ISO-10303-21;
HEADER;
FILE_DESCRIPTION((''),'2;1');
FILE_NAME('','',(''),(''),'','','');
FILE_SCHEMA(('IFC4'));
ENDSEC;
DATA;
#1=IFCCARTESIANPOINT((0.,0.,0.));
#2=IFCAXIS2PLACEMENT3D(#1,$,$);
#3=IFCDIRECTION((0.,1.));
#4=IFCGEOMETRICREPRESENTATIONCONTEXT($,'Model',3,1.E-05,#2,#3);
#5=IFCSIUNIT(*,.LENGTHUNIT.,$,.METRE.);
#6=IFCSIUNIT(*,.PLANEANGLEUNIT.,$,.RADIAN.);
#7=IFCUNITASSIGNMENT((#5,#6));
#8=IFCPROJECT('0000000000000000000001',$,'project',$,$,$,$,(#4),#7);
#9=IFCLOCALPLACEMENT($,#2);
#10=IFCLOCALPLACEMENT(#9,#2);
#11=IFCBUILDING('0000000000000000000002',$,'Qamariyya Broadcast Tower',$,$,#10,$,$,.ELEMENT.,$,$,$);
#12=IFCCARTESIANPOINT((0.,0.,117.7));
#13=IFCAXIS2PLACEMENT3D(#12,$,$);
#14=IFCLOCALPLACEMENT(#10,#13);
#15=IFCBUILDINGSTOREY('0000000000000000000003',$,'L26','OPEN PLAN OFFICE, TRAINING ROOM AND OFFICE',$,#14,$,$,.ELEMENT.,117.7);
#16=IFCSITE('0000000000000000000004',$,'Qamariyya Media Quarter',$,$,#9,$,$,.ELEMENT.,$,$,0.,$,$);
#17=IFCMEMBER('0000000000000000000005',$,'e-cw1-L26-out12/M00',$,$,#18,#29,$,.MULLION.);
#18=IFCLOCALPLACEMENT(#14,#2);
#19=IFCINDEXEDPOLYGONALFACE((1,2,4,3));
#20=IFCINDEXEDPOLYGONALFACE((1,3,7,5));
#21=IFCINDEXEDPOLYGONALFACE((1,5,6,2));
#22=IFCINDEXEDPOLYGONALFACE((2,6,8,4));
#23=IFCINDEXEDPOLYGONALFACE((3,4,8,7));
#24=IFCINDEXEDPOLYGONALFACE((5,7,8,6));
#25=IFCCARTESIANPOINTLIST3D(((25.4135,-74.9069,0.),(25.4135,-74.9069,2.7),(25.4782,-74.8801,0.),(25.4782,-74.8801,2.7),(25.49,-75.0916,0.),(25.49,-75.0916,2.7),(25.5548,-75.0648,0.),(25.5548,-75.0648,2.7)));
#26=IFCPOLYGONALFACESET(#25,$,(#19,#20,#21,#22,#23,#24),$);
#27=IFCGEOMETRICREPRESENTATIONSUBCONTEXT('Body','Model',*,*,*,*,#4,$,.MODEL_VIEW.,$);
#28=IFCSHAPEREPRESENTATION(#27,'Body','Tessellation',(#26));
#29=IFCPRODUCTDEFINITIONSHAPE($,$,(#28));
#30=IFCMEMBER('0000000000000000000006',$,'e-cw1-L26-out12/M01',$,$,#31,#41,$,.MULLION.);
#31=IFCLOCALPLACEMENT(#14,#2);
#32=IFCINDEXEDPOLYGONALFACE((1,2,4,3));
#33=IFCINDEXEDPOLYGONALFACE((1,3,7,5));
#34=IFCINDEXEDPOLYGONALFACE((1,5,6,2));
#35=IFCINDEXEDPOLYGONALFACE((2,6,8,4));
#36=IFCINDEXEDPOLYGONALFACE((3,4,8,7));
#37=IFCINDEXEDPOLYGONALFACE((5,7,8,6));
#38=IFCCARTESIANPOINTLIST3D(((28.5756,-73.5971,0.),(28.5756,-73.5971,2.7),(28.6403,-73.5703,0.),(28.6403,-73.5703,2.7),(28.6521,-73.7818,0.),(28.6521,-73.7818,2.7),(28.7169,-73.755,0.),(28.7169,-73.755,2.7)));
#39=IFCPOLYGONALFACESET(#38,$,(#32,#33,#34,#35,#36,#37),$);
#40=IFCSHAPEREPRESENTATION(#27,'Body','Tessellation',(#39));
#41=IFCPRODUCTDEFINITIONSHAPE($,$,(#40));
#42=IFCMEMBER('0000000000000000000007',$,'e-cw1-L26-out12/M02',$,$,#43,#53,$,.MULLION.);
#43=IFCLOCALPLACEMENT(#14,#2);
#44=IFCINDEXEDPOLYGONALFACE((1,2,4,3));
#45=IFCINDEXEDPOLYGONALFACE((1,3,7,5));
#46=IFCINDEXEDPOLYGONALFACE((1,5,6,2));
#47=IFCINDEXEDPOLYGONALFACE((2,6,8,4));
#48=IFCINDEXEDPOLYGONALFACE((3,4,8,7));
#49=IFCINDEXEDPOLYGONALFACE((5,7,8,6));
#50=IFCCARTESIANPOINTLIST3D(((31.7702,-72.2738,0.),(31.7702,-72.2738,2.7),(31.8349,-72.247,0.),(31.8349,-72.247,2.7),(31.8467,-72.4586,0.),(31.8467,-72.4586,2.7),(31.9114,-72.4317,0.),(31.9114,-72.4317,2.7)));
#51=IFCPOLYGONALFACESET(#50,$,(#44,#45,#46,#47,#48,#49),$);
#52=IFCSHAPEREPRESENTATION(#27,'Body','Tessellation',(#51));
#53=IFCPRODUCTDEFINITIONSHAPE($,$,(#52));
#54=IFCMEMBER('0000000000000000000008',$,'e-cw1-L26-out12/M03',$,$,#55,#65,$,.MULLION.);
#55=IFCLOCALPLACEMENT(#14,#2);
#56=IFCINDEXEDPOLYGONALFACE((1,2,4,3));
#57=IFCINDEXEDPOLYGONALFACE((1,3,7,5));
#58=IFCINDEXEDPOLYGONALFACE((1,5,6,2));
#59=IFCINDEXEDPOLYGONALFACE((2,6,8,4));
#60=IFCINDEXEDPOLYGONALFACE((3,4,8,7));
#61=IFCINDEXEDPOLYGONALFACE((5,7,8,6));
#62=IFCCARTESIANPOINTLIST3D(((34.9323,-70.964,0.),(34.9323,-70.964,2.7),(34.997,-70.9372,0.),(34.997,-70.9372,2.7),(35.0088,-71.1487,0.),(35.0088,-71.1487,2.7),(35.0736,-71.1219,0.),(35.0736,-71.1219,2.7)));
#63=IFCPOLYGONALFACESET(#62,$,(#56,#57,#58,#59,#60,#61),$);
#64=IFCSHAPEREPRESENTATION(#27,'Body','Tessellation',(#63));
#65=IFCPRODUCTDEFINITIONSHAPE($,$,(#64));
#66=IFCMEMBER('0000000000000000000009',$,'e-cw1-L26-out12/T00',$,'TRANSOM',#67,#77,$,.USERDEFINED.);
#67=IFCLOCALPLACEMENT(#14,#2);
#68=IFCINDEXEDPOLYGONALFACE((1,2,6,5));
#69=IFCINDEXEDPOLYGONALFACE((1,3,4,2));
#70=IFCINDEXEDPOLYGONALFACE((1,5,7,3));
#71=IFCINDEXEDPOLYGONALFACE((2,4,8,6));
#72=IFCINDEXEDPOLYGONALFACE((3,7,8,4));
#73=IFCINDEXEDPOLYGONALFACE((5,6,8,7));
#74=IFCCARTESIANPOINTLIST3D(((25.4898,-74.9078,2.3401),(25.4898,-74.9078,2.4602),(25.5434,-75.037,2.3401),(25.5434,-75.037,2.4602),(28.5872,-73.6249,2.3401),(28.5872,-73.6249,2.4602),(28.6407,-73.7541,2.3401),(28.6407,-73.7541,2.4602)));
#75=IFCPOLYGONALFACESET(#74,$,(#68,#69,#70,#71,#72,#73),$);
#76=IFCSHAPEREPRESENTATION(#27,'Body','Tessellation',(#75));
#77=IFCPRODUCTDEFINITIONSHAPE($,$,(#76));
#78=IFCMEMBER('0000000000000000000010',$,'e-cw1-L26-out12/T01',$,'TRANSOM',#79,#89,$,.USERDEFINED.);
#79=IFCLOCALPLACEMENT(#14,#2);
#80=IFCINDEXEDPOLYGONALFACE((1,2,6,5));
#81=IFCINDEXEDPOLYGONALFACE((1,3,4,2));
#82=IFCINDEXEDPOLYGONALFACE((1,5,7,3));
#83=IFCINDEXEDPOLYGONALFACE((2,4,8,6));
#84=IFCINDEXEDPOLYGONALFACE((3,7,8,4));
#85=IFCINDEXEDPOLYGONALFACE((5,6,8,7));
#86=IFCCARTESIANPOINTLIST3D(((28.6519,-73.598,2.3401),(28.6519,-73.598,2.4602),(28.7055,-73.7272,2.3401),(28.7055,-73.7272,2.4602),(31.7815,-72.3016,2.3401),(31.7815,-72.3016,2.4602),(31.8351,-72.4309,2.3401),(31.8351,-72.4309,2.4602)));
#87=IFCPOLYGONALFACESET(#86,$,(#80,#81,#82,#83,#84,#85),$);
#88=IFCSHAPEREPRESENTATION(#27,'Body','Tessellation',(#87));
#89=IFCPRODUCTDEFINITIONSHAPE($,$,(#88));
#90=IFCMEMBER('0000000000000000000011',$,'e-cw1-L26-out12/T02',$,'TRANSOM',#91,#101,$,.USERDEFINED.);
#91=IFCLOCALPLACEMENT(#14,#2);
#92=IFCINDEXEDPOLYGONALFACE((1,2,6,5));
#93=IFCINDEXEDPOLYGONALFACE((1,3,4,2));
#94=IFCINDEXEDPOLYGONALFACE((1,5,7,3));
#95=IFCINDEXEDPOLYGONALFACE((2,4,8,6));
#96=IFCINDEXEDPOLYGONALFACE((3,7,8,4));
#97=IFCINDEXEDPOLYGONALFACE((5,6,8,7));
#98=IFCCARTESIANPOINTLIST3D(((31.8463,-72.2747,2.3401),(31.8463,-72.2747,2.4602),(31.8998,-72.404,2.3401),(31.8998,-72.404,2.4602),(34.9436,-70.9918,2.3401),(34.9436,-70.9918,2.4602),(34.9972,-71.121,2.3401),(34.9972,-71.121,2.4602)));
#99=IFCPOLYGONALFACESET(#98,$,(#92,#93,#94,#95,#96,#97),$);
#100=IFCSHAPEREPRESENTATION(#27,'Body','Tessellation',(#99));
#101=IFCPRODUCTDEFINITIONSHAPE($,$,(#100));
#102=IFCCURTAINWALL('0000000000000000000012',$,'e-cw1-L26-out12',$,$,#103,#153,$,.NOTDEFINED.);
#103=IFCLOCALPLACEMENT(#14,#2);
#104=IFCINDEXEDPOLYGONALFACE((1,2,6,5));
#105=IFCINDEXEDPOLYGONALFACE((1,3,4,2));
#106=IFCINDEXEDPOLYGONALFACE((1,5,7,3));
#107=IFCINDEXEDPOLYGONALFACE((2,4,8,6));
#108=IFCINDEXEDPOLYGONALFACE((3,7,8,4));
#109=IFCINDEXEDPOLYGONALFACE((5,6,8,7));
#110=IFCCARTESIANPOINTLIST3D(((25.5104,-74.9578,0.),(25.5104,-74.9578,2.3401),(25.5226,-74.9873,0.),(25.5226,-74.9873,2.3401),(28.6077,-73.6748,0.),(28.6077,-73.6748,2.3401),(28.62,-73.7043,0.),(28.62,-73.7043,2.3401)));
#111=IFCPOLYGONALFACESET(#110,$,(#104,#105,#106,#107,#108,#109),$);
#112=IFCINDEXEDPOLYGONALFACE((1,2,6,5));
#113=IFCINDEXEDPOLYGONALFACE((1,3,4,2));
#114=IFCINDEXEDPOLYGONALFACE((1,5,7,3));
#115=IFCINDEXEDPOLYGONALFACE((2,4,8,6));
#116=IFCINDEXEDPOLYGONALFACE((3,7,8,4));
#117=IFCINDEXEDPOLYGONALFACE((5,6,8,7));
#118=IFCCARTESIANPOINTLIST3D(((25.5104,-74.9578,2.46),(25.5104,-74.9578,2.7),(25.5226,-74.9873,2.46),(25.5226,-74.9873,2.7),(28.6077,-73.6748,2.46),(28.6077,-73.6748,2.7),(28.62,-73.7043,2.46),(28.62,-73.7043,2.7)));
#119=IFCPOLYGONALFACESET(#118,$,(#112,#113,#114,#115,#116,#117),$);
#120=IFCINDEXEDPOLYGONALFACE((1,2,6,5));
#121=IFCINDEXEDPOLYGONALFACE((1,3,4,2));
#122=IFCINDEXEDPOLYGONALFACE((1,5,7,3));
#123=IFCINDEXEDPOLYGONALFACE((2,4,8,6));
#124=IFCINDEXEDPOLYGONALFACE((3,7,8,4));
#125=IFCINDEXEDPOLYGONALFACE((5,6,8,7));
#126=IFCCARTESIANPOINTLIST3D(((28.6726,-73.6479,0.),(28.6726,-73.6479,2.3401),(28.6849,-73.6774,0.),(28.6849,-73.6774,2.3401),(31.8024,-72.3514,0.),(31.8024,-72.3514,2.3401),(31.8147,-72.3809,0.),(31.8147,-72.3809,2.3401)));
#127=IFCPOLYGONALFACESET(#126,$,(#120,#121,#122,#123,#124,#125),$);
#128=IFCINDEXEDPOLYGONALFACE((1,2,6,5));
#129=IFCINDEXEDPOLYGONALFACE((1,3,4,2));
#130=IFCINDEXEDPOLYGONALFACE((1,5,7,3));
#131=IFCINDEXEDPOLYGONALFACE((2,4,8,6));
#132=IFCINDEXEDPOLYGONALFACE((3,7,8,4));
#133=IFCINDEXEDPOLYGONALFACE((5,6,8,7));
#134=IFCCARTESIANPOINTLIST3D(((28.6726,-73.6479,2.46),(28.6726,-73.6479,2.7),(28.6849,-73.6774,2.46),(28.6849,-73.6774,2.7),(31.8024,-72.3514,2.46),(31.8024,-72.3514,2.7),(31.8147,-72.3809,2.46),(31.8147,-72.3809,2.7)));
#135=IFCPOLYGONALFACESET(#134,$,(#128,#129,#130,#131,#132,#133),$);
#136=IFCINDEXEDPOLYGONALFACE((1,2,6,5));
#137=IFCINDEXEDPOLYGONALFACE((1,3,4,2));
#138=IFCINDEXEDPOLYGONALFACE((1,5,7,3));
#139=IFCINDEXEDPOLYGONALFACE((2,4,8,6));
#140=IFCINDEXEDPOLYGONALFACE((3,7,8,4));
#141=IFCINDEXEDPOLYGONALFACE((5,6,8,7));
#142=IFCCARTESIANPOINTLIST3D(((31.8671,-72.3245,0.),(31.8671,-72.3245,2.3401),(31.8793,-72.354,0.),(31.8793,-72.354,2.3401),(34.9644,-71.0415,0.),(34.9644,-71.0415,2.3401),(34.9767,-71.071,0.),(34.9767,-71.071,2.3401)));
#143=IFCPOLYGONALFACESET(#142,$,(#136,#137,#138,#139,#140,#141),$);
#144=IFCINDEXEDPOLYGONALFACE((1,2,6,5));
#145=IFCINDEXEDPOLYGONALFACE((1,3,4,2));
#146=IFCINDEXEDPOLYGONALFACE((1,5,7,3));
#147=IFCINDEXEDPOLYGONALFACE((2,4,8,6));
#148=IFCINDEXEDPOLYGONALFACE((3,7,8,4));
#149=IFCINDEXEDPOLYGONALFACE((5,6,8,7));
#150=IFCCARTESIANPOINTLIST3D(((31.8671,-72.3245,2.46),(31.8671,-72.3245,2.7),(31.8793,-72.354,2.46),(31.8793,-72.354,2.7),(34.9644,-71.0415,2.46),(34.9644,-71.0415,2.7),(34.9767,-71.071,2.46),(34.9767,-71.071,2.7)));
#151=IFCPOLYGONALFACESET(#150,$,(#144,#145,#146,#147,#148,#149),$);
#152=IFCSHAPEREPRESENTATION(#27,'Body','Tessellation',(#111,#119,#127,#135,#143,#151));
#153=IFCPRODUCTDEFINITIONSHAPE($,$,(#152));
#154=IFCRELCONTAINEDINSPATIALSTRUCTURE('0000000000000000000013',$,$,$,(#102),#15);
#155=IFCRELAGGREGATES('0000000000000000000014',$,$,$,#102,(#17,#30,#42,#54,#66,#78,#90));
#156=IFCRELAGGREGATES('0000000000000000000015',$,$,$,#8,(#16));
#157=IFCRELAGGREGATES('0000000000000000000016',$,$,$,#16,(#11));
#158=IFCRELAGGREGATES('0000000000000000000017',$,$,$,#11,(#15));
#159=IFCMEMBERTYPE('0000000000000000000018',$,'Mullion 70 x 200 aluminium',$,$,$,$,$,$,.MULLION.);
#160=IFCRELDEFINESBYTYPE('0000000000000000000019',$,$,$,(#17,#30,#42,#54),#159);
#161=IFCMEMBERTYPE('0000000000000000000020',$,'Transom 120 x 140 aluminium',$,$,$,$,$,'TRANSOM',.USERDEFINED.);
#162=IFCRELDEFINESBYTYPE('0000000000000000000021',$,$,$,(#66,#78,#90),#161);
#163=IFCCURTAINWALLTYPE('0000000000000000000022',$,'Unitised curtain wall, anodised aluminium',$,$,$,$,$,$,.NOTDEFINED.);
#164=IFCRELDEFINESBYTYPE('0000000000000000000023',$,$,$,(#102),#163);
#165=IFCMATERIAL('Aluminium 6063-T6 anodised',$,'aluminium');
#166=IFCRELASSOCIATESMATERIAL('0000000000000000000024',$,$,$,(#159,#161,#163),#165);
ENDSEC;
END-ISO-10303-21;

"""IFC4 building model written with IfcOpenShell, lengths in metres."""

from ifc_helpers import new_model, si_unit, direction, frame, origin, origin_2d, place, context, subcontext, project, spatial, rectangle, extrude, material, material_profile, profile_set, type_object, element, aggregate, save


model = new_model("IFC4")

# Units and contexts
model_context = context("Model", 3, precision=1e-05, world=origin(), true_north=direction((0.0, 1.0)))
body_context = subcontext(model_context, "Body", "Model", "MODEL_VIEW")
ifc_project = project(units=[si_unit("LENGTHUNIT", "METRE"), si_unit("PLANEANGLEUNIT", "RADIAN")], contexts=[model_context])

# Members
ifc_material = material(Name="Aluminium 6063-T6 anodised", Category="aluminium")
ifc_material_profile_1 = material_profile(ifc_material, rectangle(XDim=0.2, YDim=0.0701, at=origin_2d()))
ifc_profile_set_1 = profile_set([ifc_material_profile_1], Name="Aluminium 6063-T6 anodised")
member_type_1 = type_object("IfcMemberType", Name="Mullion 70 x 200 aluminium", PredefinedType="MULLION", material=ifc_profile_set_1)
site_placement = place(None, origin())
building_placement = place(site_placement, origin())
storey_placement = place(building_placement, frame((0.0, 0.0, 117.7)))
member_1_placement = place(storey_placement, frame((25.4841, -74.9858, 0.0), z_axis=(0.0, 0.0, 1.0), x_axis=(-0.382683, 0.92388, 0.0)))
member_1 = element("IfcMember", 1, at=member_1_placement, type_object=member_type_1, Name="e-cw1-L26-out12/M00", PredefinedType="MULLION", context=body_context, shape_type="SweptSolid", body=[
    extrude(rectangle(XDim=0.2, YDim=0.0701, at=origin_2d()), origin(), (0.0, 0.0, 1.0), 2.7),
])
member_2_placement = place(storey_placement, frame((28.6462, -73.676, 0.0), z_axis=(0.0, 0.0, 1.0), x_axis=(-0.382683, 0.92388, 0.0)))
member_2 = element("IfcMember", 2, at=member_2_placement, type_object=member_type_1, Name="e-cw1-L26-out12/M01", PredefinedType="MULLION", context=body_context, shape_type="SweptSolid", body=[
    extrude(rectangle(XDim=0.2, YDim=0.0701, at=origin_2d()), origin(), (0.0, 0.0, 1.0), 2.7),
])
member_3_placement = place(storey_placement, frame((31.8408, -72.3528, 0.0), z_axis=(0.0, 0.0, 1.0), x_axis=(-0.382683, 0.92388, 0.0)))
member_3 = element("IfcMember", 3, at=member_3_placement, type_object=member_type_1, Name="e-cw1-L26-out12/M02", PredefinedType="MULLION", context=body_context, shape_type="SweptSolid", body=[
    extrude(rectangle(XDim=0.2, YDim=0.0701, at=origin_2d()), origin(), (0.0, 0.0, 1.0), 2.7),
])
member_4_placement = place(storey_placement, frame((35.0029, -71.043, 0.0), z_axis=(0.0, 0.0, 1.0), x_axis=(-0.382683, 0.92388, 0.0)))
member_4 = element("IfcMember", 4, at=member_4_placement, type_object=member_type_1, Name="e-cw1-L26-out12/M03", PredefinedType="MULLION", context=body_context, shape_type="SweptSolid", body=[
    extrude(rectangle(XDim=0.2, YDim=0.0701, at=origin_2d()), origin(), (0.0, 0.0, 1.0), 2.7),
])
ifc_material_profile_2 = material_profile(ifc_material, rectangle(XDim=0.1399, YDim=0.1201, at=origin_2d()))
ifc_profile_set_2 = profile_set([ifc_material_profile_2], Name="Aluminium 6063-T6 anodised")
member_type_2 = type_object("IfcMemberType", Name="Transom 120 x 140 aluminium", ElementType="TRANSOM", PredefinedType="USERDEFINED", material=ifc_profile_set_2)
member_5_placement = place(storey_placement, frame((25.5166, -74.9724, 2.4001), z_axis=(0.923883, 0.382676, 0.0), x_axis=(-0.382676, 0.923883, 0.0)))
member_5 = element("IfcMember", 5, at=member_5_placement, type_object=member_type_2, Name="e-cw1-L26-out12/T00", ObjectType="TRANSOM", PredefinedType="USERDEFINED", context=body_context, shape_type="SweptSolid", body=[
    extrude(rectangle(XDim=0.1399, YDim=0.1201, at=origin_2d()), origin(), (0.0, 0.0, 1.0), 3.3525),
])
member_6_placement = place(storey_placement, frame((28.6787, -73.6626, 2.4001), z_axis=(0.923875, 0.382696, 0.0), x_axis=(-0.382696, 0.923875, 0.0)))
member_6 = element("IfcMember", 6, at=member_6_placement, type_object=member_type_2, Name="e-cw1-L26-out12/T01", ObjectType="TRANSOM", PredefinedType="USERDEFINED", context=body_context, shape_type="SweptSolid", body=[
    extrude(rectangle(XDim=0.1399, YDim=0.1201, at=origin_2d()), origin(), (0.0, 0.0, 1.0), 3.3875),
])
member_7_placement = place(storey_placement, frame((31.873, -72.3394, 2.4001), z_axis=(0.923883, 0.382676, 0.0), x_axis=(-0.382676, 0.923883, 0.0)))
member_7 = element("IfcMember", 7, at=member_7_placement, type_object=member_type_2, Name="e-cw1-L26-out12/T02", ObjectType="TRANSOM", PredefinedType="USERDEFINED", context=body_context, shape_type="SweptSolid", body=[
    extrude(rectangle(XDim=0.1399, YDim=0.1201, at=origin_2d()), origin(), (0.0, 0.0, 1.0), 3.3525),
])

# Site, building, storey
site = spatial("IfcSite", under=ifc_project, at=site_placement, Name="Qamariyya Media Quarter", CompositionType="ELEMENT", RefElevation=0.0)
building = spatial("IfcBuilding", under=site, at=building_placement, Name="Qamariyya Broadcast Tower", CompositionType="ELEMENT")
storey = spatial("IfcBuildingStorey", under=building, at=storey_placement, Name="L26", Description="OPEN PLAN OFFICE, TRAINING ROOM AND OFFICE", CompositionType="ELEMENT", Elevation=117.7)

# Curtain wall
curtain_wall_type = type_object("IfcCurtainWallType", Name="Unitised curtain wall, anodised aluminium", PredefinedType="NOTDEFINED", material=ifc_material)
curtain_wall_1_placement = place(storey_placement, origin())
curtain_wall_1 = element("IfcCurtainWall", 8, at=curtain_wall_1_placement, inside=storey, type_object=curtain_wall_type, Name="e-cw1-L26-out12", PredefinedType="NOTDEFINED", context=body_context, shape_type="SweptSolid", body=[
    extrude(rectangle(XDim=3.3525, YDim=0.032, at=origin_2d()), frame((27.0652, -74.3311, 0.0), x_axis=(0.923872, 0.382701, 0.0)), (0.0, 0.0, 1.0), 2.3401),
    extrude(rectangle(XDim=3.3525, YDim=0.032, at=origin_2d()), frame((27.0652, -74.3311, 2.46), x_axis=(0.923872, 0.382701, 0.0)), (0.0, 0.0, 1.0), 0.24),
    extrude(rectangle(XDim=3.3877, YDim=0.032, at=origin_2d()), frame((30.2437, -73.0144, 0.0), x_axis=(0.923872, 0.382701, 0.0)), (0.0, 0.0, 1.0), 2.3401),
    extrude(rectangle(XDim=3.3877, YDim=0.032, at=origin_2d()), frame((30.2437, -73.0144, 2.46), x_axis=(0.923872, 0.382701, 0.0)), (0.0, 0.0, 1.0), 0.24),
    extrude(rectangle(XDim=3.3525, YDim=0.032, at=origin_2d()), frame((33.4219, -71.6978, 0.0), x_axis=(0.923872, 0.382701, 0.0)), (0.0, 0.0, 1.0), 2.3401),
    extrude(rectangle(XDim=3.3525, YDim=0.032, at=origin_2d()), frame((33.4219, -71.6978, 2.46), x_axis=(0.923872, 0.382701, 0.0)), (0.0, 0.0, 1.0), 0.24),
])
aggregate(curtain_wall_1, [member_1, member_2, member_3, member_4, member_5, member_6, member_7])

save(model, "model.ifc")
